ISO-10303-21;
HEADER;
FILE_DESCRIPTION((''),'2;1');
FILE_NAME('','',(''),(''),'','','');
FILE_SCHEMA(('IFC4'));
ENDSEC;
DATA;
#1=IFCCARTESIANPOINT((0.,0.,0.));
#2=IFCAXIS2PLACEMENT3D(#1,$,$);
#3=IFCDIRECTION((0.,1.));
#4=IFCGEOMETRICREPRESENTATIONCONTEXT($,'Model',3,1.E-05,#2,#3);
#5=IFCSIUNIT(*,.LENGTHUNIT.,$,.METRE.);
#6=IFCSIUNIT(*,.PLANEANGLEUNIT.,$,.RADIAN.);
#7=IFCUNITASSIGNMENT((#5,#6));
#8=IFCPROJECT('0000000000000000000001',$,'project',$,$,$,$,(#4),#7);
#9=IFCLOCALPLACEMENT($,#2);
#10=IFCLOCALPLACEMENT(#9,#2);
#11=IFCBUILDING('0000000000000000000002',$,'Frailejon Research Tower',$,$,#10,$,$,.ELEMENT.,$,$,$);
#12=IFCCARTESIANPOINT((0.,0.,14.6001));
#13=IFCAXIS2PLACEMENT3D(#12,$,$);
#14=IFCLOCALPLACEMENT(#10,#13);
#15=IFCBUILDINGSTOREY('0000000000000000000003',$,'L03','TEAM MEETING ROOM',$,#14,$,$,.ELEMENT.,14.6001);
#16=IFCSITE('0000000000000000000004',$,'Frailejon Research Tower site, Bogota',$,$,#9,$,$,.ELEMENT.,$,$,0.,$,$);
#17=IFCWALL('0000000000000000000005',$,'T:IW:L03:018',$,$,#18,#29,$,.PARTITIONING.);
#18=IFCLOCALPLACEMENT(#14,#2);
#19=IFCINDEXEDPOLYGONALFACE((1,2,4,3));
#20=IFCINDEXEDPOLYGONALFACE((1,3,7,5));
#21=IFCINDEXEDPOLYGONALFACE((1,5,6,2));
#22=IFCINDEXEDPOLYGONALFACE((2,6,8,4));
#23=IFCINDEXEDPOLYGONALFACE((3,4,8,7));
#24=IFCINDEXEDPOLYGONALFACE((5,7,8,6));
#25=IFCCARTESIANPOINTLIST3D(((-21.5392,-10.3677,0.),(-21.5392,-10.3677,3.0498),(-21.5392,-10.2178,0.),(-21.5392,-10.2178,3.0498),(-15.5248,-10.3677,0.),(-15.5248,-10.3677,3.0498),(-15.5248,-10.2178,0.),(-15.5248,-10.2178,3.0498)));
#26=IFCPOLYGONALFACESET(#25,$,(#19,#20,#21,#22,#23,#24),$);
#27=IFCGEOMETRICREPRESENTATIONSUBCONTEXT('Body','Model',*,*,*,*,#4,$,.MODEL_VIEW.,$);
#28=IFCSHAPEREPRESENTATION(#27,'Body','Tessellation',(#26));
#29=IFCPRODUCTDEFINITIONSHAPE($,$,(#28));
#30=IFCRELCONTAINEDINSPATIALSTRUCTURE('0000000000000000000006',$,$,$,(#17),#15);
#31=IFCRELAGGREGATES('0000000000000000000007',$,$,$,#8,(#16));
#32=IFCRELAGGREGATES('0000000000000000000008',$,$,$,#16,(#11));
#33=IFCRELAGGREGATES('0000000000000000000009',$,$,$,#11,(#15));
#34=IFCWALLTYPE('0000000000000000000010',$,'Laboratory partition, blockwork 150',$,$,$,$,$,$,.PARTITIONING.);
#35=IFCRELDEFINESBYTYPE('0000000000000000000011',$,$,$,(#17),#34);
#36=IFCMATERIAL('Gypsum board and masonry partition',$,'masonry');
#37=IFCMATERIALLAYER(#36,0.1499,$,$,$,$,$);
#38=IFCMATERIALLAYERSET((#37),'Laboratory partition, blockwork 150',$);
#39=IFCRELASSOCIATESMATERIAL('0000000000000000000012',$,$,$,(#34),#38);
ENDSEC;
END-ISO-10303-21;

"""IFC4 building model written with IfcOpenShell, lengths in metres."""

from ifc_helpers import new_model, si_unit, direction, frame, frame_2d, origin, place, context, subcontext, project, spatial, rectangle, extrude, material, layer, layer_set, type_object, element, save


model = new_model("IFC4")

# Units and contexts
model_context = context("Model", 3, precision=1e-05, world=origin(), true_north=direction((0.0, 1.0)))
body_context = subcontext(model_context, "Body", "Model", "MODEL_VIEW")
ifc_project = project(units=[si_unit("LENGTHUNIT", "METRE"), si_unit("PLANEANGLEUNIT", "RADIAN")], contexts=[model_context])

# Site, building, storey
site_placement = place(None, origin())
site = spatial("IfcSite", under=ifc_project, at=site_placement, Name="Frailejon Research Tower site, Bogota", CompositionType="ELEMENT", RefElevation=0.0)
building_placement = place(site_placement, origin())
building = spatial("IfcBuilding", under=site, at=building_placement, Name="Frailejon Research Tower", CompositionType="ELEMENT")
storey_placement = place(building_placement, frame((0.0, 0.0, 14.6001)))
storey = spatial("IfcBuildingStorey", under=building, at=storey_placement, Name="L03", Description="TEAM MEETING ROOM", CompositionType="ELEMENT", Elevation=14.6001)

# Shared definitions
ifc_material_1 = material(Name="Gypsum board and masonry partition", Category="masonry")
ifc_layer_1 = layer(ifc_material_1, 0.1499)
ifc_layer_set_1 = layer_set([ifc_layer_1], Name="Laboratory partition, blockwork 150")
wall_type_1 = type_object("IfcWallType", Name="Laboratory partition, blockwork 150", PredefinedType="PARTITIONING", material=ifc_layer_set_1)

# Wall
wall_1_placement = place(storey_placement, frame((-21.5393, -10.2927, 0.0), z_axis=(0.0, 0.0, 1.0), x_axis=(1.0, 0.0, 0.0)))
element("IfcWall", 1, at=wall_1_placement, inside=storey, type_object=wall_type_1, Name="T:IW:L03:018", PredefinedType="PARTITIONING", context=body_context, shape_type="SweptSolid", body=[
    extrude(rectangle(XDim=6.0144, YDim=0.1499, at=frame_2d((3.0073, 0.0))), origin(), (0.0, 0.0, 1.0), 3.0498),
])

save(model, "model.ifc")
